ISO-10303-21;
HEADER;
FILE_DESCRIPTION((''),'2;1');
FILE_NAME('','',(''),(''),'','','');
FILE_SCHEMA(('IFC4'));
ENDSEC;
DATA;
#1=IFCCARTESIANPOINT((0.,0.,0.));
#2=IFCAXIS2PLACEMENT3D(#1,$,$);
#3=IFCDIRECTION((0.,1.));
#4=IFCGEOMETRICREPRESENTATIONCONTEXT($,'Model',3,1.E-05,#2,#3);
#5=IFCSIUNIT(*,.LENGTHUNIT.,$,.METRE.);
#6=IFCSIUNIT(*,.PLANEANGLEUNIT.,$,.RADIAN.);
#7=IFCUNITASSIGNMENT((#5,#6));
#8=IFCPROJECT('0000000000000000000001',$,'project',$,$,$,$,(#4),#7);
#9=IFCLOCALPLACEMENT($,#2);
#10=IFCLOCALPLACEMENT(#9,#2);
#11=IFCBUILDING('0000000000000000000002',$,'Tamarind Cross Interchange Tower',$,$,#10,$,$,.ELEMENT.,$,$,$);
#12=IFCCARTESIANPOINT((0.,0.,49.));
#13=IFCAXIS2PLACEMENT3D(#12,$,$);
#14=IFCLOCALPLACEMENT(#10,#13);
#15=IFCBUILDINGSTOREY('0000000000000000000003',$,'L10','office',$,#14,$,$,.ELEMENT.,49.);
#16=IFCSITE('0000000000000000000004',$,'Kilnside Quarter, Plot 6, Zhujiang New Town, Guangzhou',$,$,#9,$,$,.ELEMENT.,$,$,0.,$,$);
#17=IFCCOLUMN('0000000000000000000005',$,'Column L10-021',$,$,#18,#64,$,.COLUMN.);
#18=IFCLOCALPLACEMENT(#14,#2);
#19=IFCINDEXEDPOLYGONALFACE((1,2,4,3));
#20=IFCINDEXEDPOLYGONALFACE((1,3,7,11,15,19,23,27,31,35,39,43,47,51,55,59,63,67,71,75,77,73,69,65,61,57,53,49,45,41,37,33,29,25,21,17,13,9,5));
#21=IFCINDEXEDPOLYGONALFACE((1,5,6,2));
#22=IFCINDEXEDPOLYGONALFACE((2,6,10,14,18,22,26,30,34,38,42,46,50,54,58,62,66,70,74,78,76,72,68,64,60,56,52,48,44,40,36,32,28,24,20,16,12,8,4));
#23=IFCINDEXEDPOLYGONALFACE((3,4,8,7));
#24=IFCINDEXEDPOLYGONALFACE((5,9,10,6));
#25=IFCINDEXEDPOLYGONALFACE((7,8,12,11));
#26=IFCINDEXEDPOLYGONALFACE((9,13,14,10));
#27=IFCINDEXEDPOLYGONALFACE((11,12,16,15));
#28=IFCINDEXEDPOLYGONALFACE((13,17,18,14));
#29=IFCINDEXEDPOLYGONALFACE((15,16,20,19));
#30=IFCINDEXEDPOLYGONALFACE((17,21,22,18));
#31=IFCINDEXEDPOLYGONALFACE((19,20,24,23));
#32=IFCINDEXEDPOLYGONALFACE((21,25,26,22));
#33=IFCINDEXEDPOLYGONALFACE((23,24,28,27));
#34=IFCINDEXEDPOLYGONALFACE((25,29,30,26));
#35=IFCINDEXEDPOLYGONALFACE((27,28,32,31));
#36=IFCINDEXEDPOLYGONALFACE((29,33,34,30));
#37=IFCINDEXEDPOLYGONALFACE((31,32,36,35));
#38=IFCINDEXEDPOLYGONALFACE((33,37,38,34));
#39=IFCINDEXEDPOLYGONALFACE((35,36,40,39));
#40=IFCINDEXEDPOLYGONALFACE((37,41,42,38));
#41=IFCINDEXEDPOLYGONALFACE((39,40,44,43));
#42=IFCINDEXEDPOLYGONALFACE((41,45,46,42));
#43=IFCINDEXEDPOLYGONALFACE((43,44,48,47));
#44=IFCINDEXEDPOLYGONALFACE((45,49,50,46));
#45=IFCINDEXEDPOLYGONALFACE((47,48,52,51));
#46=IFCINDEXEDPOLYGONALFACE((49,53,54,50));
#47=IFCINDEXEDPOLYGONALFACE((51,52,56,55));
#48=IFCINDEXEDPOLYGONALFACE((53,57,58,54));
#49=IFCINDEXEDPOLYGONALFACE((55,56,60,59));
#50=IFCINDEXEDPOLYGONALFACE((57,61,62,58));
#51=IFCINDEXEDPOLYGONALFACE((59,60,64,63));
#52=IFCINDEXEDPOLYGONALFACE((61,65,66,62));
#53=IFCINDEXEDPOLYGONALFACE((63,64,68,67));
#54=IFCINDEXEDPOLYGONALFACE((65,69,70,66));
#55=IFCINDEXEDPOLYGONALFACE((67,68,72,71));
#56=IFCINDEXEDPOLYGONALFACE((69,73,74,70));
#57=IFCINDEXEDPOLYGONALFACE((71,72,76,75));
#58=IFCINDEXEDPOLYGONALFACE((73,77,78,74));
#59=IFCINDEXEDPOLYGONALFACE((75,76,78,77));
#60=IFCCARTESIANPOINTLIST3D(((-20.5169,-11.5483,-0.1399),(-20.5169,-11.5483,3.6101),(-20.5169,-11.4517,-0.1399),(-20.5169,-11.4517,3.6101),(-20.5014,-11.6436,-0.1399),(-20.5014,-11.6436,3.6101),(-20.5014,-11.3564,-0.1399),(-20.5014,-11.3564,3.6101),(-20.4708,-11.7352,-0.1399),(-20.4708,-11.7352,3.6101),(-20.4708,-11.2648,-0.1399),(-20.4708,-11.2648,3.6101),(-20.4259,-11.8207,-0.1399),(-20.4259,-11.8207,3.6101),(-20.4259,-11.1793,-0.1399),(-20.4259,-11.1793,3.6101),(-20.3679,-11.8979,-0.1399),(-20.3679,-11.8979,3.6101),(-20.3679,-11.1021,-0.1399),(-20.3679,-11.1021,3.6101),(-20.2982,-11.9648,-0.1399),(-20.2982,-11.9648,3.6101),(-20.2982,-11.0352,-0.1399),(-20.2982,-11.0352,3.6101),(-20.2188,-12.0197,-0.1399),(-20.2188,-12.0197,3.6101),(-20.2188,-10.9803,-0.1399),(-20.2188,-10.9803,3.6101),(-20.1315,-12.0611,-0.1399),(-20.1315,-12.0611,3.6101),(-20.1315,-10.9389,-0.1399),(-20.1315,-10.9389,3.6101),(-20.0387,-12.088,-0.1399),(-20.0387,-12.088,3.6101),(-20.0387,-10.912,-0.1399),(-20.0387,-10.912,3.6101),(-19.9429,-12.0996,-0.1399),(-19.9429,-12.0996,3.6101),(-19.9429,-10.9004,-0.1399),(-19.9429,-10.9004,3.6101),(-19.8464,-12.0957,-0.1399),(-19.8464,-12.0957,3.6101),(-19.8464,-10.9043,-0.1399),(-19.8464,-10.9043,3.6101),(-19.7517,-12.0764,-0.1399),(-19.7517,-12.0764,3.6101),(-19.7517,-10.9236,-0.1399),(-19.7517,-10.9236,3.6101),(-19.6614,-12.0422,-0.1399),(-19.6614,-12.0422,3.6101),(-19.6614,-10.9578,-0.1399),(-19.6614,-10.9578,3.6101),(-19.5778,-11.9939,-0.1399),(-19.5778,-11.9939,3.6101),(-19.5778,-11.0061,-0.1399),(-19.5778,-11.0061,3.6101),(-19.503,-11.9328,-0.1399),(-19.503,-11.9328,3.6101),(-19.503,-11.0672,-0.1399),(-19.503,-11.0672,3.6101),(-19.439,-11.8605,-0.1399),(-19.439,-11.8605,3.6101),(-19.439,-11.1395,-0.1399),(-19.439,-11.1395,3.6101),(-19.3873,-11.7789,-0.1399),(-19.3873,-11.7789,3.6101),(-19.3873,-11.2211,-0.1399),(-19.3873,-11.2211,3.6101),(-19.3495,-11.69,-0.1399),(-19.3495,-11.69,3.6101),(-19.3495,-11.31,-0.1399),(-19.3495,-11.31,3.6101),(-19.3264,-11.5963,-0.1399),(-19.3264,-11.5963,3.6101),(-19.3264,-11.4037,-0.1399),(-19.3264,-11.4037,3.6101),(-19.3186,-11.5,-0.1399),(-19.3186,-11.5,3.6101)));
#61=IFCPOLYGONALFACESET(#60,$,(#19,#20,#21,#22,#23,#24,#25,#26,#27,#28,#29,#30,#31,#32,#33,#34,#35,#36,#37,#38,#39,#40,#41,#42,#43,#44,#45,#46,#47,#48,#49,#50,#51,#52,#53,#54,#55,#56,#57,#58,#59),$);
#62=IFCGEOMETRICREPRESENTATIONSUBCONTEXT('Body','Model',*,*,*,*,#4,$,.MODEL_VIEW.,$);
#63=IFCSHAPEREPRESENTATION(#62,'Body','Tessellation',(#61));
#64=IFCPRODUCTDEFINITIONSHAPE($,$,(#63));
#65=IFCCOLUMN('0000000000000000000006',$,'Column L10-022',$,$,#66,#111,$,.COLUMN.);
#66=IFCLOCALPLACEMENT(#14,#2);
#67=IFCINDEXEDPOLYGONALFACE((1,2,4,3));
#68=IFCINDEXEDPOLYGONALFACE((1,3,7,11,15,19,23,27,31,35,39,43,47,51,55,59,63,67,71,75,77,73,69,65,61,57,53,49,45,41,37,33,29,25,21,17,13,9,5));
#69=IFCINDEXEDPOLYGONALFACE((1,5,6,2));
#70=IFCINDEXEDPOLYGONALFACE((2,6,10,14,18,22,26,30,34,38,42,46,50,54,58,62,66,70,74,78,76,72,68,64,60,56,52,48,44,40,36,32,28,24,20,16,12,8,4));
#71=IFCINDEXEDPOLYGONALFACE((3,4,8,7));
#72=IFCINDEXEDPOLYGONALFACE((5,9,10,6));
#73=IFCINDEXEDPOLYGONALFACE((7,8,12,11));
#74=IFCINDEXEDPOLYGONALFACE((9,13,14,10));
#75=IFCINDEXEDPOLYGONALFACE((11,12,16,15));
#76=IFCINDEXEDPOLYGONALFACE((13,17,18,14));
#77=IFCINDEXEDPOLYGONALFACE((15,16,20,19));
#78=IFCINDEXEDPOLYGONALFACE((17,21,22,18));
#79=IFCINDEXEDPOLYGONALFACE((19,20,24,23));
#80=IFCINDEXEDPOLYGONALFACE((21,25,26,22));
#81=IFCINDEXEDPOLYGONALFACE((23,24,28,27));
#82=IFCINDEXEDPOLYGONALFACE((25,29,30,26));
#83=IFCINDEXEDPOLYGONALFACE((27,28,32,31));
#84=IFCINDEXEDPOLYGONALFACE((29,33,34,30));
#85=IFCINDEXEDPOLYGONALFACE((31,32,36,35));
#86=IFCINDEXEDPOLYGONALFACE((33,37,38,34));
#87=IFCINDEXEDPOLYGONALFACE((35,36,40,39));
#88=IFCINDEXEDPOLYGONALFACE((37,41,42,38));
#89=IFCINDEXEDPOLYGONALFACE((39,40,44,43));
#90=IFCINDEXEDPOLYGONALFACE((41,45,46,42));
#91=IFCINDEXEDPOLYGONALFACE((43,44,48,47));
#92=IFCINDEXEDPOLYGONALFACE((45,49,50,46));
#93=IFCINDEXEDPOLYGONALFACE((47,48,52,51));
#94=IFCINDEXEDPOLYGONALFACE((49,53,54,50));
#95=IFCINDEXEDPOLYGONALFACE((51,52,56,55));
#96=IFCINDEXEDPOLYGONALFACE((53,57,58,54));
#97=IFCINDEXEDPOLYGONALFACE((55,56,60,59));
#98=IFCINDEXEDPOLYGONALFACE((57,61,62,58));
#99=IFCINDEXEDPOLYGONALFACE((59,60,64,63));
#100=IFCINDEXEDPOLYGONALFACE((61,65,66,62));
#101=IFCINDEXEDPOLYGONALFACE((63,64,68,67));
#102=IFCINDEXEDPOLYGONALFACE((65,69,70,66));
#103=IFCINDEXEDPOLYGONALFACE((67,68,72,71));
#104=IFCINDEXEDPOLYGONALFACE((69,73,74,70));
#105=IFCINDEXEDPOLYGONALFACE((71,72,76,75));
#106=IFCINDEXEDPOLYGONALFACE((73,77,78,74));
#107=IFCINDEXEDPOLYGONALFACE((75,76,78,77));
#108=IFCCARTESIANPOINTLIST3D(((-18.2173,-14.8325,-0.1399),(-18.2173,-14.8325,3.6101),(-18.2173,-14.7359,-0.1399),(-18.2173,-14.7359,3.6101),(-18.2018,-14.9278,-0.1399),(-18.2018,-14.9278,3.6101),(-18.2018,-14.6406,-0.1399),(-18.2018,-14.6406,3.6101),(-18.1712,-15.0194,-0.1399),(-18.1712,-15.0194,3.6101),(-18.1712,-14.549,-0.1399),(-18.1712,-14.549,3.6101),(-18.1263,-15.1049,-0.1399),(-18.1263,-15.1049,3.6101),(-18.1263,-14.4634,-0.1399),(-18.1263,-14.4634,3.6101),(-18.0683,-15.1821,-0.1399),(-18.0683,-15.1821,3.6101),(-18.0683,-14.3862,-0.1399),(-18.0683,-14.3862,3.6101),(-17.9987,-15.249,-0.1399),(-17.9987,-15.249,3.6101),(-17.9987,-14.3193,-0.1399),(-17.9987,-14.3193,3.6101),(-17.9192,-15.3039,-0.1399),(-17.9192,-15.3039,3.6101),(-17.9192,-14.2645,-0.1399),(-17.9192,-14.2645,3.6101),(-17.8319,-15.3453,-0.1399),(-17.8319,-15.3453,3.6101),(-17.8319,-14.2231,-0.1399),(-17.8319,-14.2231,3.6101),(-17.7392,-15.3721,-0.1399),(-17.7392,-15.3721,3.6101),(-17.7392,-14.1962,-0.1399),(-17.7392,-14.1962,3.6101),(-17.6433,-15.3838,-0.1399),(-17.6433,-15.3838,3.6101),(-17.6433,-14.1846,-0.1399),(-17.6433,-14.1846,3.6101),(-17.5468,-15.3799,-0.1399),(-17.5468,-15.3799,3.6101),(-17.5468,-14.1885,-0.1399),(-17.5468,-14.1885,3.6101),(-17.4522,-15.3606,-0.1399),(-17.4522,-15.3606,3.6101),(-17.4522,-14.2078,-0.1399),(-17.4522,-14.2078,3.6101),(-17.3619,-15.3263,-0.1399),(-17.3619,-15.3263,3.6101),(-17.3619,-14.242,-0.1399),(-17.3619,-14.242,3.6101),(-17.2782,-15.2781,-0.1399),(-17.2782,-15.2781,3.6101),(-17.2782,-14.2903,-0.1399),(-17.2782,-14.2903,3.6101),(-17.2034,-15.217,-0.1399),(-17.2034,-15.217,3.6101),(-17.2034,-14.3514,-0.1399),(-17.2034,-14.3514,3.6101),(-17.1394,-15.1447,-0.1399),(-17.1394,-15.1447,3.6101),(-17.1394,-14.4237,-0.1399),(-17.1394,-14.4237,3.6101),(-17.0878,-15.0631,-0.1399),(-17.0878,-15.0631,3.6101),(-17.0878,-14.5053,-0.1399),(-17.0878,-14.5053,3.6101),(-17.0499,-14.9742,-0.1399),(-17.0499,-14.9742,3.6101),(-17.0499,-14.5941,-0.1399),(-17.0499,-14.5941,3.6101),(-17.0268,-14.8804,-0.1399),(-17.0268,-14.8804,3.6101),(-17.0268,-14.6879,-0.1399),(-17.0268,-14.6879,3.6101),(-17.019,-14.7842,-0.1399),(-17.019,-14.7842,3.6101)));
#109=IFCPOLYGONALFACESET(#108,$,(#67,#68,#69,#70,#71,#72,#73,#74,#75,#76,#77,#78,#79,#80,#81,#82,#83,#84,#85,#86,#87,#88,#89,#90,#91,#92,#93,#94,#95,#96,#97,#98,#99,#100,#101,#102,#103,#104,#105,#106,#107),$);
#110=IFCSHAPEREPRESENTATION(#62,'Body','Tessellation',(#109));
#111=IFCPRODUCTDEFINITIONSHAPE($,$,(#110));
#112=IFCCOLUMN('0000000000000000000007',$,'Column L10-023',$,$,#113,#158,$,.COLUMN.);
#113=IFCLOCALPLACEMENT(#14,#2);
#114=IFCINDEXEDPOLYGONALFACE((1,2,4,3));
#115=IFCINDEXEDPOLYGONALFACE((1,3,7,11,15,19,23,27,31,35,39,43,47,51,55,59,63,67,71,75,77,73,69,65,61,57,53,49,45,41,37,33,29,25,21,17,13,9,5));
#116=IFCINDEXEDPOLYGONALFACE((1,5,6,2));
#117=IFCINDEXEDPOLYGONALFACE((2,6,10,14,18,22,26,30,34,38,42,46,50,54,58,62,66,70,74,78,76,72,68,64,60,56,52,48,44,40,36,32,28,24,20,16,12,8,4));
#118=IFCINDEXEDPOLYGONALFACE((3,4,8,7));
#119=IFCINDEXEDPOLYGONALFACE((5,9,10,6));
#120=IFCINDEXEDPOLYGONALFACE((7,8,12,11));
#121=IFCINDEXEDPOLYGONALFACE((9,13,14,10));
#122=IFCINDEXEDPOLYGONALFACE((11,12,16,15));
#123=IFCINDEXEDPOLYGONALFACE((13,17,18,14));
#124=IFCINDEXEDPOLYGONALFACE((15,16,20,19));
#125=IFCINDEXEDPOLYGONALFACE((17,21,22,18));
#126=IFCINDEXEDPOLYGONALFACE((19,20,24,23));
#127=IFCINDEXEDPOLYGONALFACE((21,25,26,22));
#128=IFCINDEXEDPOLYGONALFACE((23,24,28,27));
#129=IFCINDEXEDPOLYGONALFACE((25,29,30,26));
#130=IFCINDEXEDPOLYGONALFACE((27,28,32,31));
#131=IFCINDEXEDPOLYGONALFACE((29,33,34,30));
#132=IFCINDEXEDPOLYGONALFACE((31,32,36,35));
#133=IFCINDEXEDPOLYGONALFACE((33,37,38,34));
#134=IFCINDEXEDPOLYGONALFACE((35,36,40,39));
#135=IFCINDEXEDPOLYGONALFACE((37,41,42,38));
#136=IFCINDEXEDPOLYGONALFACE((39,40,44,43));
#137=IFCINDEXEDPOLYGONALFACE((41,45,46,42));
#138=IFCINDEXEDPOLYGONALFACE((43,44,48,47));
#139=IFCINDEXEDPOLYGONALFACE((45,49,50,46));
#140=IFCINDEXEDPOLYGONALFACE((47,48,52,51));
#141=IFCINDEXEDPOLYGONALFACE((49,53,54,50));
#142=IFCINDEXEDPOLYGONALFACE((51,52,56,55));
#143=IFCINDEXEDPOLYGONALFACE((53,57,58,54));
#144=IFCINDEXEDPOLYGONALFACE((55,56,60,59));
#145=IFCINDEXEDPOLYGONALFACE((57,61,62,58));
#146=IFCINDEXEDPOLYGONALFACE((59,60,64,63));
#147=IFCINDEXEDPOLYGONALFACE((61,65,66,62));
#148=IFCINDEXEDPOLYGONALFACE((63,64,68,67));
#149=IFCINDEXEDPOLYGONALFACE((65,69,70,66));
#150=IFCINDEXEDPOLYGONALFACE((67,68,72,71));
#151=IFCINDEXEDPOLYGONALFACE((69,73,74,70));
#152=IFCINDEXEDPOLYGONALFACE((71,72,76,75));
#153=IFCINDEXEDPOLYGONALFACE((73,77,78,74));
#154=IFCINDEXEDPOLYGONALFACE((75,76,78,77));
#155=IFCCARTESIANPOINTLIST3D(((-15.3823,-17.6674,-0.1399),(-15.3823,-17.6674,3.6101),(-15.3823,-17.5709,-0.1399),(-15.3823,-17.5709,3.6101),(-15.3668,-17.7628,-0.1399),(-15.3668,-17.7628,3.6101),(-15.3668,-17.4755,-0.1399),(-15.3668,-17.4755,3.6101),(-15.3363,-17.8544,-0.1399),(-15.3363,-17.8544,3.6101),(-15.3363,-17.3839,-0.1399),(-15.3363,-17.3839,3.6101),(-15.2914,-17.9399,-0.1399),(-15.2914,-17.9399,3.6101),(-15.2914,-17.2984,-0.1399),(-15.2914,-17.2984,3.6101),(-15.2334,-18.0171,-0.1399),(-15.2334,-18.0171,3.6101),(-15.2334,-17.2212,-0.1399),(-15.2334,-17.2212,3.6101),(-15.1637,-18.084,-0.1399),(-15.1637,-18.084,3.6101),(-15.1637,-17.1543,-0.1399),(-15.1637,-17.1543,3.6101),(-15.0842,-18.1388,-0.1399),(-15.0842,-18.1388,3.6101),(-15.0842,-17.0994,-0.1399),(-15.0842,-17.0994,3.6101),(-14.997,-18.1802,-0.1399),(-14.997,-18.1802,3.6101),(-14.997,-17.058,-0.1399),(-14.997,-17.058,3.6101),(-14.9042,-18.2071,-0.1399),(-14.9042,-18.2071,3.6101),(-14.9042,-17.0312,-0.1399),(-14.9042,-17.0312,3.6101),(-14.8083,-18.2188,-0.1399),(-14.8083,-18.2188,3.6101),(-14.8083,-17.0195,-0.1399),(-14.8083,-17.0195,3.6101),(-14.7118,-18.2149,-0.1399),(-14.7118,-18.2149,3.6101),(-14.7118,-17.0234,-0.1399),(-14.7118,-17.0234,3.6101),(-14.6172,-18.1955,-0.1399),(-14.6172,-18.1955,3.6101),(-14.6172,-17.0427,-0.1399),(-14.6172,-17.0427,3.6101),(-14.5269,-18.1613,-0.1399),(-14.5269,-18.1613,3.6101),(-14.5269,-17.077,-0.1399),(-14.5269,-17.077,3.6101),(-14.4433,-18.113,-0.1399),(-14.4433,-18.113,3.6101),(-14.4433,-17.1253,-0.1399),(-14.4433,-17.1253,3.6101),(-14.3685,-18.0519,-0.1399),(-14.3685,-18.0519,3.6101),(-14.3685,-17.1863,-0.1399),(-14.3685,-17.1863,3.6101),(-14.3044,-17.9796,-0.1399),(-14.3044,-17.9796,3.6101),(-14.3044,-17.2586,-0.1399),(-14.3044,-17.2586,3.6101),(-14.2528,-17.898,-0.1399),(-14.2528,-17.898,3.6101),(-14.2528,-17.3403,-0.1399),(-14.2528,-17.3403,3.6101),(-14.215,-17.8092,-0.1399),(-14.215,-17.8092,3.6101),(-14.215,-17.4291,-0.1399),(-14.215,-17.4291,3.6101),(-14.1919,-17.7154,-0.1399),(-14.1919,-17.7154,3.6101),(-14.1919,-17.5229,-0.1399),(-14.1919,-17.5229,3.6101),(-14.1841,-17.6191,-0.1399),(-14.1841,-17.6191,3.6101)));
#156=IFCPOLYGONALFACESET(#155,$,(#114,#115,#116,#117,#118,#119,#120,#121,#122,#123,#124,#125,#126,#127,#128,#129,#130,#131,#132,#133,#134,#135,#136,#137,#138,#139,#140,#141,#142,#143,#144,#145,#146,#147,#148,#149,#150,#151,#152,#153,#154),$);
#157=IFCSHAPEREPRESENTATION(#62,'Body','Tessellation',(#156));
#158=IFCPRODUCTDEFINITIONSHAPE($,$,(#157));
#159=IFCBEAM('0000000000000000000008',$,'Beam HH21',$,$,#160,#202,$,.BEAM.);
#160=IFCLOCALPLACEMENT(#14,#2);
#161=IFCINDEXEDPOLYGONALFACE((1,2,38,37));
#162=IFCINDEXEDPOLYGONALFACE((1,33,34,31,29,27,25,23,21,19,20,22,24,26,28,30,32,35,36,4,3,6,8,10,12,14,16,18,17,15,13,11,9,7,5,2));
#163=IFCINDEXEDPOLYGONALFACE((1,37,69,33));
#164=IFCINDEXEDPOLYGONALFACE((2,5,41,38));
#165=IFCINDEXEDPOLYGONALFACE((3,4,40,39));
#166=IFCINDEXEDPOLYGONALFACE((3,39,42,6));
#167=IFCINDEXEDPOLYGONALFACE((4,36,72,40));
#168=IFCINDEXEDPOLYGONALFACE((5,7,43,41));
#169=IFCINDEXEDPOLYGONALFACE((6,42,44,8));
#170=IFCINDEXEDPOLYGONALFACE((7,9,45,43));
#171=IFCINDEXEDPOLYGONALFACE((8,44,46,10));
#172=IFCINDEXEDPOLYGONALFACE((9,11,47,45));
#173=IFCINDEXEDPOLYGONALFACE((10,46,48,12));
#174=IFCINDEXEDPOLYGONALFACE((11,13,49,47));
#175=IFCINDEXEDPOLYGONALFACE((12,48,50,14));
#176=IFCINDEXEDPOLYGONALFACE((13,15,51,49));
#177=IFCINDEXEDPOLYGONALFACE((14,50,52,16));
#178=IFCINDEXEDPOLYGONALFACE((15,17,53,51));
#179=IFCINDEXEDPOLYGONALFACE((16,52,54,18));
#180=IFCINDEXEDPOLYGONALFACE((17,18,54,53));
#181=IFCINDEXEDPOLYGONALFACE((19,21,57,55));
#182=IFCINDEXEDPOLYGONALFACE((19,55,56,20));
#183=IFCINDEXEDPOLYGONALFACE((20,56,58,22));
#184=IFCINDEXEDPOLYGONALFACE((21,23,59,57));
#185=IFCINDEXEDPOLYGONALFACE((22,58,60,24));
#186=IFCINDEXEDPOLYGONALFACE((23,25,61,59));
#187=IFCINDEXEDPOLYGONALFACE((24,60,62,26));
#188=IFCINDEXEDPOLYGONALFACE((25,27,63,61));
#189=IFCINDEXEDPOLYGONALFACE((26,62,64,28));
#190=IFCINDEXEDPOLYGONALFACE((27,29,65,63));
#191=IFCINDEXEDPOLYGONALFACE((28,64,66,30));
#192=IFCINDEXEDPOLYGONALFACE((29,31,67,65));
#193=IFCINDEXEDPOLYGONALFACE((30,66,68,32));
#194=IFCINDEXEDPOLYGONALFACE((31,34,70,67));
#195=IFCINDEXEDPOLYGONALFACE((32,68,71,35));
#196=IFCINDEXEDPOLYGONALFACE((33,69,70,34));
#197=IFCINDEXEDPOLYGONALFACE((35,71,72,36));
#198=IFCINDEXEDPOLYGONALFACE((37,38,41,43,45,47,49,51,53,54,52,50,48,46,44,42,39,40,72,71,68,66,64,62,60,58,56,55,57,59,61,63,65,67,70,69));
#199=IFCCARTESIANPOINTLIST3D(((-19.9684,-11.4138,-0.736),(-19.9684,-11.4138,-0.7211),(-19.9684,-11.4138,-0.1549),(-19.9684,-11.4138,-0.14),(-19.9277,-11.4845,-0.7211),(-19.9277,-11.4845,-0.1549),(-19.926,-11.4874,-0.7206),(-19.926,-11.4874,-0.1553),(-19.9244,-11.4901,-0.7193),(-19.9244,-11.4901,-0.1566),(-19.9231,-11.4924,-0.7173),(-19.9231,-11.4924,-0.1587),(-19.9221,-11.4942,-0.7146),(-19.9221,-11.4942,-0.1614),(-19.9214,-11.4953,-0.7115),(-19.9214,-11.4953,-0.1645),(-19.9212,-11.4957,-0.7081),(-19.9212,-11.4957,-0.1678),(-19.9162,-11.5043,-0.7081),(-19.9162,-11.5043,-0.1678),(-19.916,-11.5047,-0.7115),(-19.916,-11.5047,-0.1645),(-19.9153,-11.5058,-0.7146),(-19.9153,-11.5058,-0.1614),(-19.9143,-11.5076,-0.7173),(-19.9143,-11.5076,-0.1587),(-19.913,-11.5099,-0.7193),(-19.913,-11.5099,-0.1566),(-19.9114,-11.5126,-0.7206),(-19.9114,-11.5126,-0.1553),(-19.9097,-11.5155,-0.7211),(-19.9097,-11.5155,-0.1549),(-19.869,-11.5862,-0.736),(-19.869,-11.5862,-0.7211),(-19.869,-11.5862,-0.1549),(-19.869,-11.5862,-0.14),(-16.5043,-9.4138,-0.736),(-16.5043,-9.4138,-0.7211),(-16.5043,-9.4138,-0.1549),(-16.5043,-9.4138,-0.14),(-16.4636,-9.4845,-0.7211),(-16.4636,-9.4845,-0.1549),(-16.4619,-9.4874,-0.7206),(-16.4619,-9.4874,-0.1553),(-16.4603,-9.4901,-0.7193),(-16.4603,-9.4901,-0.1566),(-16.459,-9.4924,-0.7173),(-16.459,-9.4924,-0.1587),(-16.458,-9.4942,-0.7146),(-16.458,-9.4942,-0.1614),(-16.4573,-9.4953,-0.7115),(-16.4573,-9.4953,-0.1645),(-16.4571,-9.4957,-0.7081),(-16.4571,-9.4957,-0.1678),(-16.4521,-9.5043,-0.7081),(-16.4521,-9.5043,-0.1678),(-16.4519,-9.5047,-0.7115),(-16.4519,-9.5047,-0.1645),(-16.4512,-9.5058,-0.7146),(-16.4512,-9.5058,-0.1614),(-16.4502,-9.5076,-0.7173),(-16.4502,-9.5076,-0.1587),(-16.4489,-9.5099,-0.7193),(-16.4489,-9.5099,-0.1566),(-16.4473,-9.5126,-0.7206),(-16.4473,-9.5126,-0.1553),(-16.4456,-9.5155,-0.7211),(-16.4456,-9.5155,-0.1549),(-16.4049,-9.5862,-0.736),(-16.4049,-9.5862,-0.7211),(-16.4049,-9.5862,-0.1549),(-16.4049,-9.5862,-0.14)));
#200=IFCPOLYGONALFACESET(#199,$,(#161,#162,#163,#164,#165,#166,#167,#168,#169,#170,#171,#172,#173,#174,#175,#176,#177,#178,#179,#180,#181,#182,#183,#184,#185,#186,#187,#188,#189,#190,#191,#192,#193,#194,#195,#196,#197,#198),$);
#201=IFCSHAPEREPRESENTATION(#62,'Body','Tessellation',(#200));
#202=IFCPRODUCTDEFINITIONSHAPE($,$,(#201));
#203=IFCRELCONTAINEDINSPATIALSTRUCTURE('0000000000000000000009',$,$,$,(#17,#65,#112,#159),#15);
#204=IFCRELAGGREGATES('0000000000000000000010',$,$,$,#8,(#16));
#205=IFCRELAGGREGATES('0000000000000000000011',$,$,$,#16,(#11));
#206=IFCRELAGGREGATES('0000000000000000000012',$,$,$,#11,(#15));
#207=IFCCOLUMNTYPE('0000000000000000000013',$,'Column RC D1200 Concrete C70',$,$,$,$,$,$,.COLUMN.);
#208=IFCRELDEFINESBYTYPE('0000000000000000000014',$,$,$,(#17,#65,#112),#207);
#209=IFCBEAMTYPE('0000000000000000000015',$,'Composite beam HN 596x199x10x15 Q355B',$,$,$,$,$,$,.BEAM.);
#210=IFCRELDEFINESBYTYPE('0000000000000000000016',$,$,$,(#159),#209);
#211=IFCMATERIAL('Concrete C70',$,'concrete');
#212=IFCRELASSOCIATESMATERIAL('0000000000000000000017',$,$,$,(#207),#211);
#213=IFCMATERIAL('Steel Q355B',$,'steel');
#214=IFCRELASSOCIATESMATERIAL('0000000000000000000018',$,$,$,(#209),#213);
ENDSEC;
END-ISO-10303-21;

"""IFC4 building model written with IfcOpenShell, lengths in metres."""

from ifc_helpers import new_model, si_unit, direction, frame, origin, origin_2d, place, context, subcontext, project, spatial, circle, i_section, extrude, material, material_profile, profile_set, type_object, element, save


model = new_model("IFC4")

# Units and contexts
model_context = context("Model", 3, precision=1e-05, world=origin(), true_north=direction((0.0, 1.0)))
body_context = subcontext(model_context, "Body", "Model", "MODEL_VIEW")
ifc_project = project(units=[si_unit("LENGTHUNIT", "METRE"), si_unit("PLANEANGLEUNIT", "RADIAN")], contexts=[model_context])

# Site, building, storey
site_placement = place(None, origin())
site = spatial("IfcSite", under=ifc_project, at=site_placement, Name="Kilnside Quarter, Plot 6, Zhujiang New Town, Guangzhou", CompositionType="ELEMENT", RefElevation=0.0)
building_placement = place(site_placement, origin())
building = spatial("IfcBuilding", under=site, at=building_placement, Name="Tamarind Cross Interchange Tower", CompositionType="ELEMENT")
storey_placement = place(building_placement, frame((0.0, 0.0, 49.0)))
storey = spatial("IfcBuildingStorey", under=building, at=storey_placement, Name="L10", Description="office", CompositionType="ELEMENT", Elevation=49.0)

# Columns
ifc_material_1 = material(Name="Concrete C70", Category="concrete")
ifc_material_profile_1 = material_profile(ifc_material_1, circle(Radius=0.6001, at=origin_2d()), Name="RC D1200")
ifc_profile_set_1 = profile_set([ifc_material_profile_1], Name="Concrete C70")
column_type = type_object("IfcColumnType", Name="Column RC D1200 Concrete C70", PredefinedType="COLUMN", material=ifc_profile_set_1)
for number, where, z_axis, x_axis, name in (
    (1, (-19.9187, -11.5, -0.1399), (0.0, 0.0, 1.0), (1.0, 0.0, 0.0), "Column L10-021"),
    (2, (-17.6191, -14.7842, -0.1399), (0.0, 0.0, 1.0), (1.0, 0.0, 0.0), "Column L10-022"),
    (3, (-14.7842, -17.6191, -0.1399), (0.0, 0.0, 1.0), (1.0, 0.0, 0.0), "Column L10-023"),
):
    element("IfcColumn", number, at=place(storey_placement, frame(where, z_axis=z_axis, x_axis=x_axis)), inside=storey, type_object=column_type, Name=name, PredefinedType="COLUMN", context=body_context, shape_type="SweptSolid", body=[
        extrude(circle(Radius=0.6001, at=origin_2d()), origin(), (0.0, 0.0, 1.0), 3.75),
    ])

# Beam
ifc_material_2 = material(Name="Steel Q355B", Category="steel")
ifc_material_profile_2 = material_profile(ifc_material_2, i_section(OverallWidth=0.199, OverallDepth=0.5959, WebThickness=0.01, FlangeThickness=0.0149, FilletRadius=0.0129, at=origin_2d()), Name="HN 596x199x10x15")
ifc_profile_set_2 = profile_set([ifc_material_profile_2], Name="Steel Q355B")
beam_type = type_object("IfcBeamType", Name="Composite beam HN 596x199x10x15 Q355B", PredefinedType="BEAM", material=ifc_profile_set_2)
beam_1_placement = place(storey_placement, frame((-19.9187, -11.5, -0.438), z_axis=(0.866026, 0.499999, 0.0), x_axis=(-0.499999, 0.866026, 0.0)))
element("IfcBeam", 4, at=beam_1_placement, inside=storey, type_object=beam_type, Name="Beam HH21", PredefinedType="BEAM", context=body_context, shape_type="SweptSolid", body=[
    extrude(i_section(OverallWidth=0.199, OverallDepth=0.5959, WebThickness=0.01, FlangeThickness=0.0149, FilletRadius=0.0129, at=origin_2d()), origin(), (0.0, 0.0, 1.0), 4.0),
])

save(model, "model.ifc")
